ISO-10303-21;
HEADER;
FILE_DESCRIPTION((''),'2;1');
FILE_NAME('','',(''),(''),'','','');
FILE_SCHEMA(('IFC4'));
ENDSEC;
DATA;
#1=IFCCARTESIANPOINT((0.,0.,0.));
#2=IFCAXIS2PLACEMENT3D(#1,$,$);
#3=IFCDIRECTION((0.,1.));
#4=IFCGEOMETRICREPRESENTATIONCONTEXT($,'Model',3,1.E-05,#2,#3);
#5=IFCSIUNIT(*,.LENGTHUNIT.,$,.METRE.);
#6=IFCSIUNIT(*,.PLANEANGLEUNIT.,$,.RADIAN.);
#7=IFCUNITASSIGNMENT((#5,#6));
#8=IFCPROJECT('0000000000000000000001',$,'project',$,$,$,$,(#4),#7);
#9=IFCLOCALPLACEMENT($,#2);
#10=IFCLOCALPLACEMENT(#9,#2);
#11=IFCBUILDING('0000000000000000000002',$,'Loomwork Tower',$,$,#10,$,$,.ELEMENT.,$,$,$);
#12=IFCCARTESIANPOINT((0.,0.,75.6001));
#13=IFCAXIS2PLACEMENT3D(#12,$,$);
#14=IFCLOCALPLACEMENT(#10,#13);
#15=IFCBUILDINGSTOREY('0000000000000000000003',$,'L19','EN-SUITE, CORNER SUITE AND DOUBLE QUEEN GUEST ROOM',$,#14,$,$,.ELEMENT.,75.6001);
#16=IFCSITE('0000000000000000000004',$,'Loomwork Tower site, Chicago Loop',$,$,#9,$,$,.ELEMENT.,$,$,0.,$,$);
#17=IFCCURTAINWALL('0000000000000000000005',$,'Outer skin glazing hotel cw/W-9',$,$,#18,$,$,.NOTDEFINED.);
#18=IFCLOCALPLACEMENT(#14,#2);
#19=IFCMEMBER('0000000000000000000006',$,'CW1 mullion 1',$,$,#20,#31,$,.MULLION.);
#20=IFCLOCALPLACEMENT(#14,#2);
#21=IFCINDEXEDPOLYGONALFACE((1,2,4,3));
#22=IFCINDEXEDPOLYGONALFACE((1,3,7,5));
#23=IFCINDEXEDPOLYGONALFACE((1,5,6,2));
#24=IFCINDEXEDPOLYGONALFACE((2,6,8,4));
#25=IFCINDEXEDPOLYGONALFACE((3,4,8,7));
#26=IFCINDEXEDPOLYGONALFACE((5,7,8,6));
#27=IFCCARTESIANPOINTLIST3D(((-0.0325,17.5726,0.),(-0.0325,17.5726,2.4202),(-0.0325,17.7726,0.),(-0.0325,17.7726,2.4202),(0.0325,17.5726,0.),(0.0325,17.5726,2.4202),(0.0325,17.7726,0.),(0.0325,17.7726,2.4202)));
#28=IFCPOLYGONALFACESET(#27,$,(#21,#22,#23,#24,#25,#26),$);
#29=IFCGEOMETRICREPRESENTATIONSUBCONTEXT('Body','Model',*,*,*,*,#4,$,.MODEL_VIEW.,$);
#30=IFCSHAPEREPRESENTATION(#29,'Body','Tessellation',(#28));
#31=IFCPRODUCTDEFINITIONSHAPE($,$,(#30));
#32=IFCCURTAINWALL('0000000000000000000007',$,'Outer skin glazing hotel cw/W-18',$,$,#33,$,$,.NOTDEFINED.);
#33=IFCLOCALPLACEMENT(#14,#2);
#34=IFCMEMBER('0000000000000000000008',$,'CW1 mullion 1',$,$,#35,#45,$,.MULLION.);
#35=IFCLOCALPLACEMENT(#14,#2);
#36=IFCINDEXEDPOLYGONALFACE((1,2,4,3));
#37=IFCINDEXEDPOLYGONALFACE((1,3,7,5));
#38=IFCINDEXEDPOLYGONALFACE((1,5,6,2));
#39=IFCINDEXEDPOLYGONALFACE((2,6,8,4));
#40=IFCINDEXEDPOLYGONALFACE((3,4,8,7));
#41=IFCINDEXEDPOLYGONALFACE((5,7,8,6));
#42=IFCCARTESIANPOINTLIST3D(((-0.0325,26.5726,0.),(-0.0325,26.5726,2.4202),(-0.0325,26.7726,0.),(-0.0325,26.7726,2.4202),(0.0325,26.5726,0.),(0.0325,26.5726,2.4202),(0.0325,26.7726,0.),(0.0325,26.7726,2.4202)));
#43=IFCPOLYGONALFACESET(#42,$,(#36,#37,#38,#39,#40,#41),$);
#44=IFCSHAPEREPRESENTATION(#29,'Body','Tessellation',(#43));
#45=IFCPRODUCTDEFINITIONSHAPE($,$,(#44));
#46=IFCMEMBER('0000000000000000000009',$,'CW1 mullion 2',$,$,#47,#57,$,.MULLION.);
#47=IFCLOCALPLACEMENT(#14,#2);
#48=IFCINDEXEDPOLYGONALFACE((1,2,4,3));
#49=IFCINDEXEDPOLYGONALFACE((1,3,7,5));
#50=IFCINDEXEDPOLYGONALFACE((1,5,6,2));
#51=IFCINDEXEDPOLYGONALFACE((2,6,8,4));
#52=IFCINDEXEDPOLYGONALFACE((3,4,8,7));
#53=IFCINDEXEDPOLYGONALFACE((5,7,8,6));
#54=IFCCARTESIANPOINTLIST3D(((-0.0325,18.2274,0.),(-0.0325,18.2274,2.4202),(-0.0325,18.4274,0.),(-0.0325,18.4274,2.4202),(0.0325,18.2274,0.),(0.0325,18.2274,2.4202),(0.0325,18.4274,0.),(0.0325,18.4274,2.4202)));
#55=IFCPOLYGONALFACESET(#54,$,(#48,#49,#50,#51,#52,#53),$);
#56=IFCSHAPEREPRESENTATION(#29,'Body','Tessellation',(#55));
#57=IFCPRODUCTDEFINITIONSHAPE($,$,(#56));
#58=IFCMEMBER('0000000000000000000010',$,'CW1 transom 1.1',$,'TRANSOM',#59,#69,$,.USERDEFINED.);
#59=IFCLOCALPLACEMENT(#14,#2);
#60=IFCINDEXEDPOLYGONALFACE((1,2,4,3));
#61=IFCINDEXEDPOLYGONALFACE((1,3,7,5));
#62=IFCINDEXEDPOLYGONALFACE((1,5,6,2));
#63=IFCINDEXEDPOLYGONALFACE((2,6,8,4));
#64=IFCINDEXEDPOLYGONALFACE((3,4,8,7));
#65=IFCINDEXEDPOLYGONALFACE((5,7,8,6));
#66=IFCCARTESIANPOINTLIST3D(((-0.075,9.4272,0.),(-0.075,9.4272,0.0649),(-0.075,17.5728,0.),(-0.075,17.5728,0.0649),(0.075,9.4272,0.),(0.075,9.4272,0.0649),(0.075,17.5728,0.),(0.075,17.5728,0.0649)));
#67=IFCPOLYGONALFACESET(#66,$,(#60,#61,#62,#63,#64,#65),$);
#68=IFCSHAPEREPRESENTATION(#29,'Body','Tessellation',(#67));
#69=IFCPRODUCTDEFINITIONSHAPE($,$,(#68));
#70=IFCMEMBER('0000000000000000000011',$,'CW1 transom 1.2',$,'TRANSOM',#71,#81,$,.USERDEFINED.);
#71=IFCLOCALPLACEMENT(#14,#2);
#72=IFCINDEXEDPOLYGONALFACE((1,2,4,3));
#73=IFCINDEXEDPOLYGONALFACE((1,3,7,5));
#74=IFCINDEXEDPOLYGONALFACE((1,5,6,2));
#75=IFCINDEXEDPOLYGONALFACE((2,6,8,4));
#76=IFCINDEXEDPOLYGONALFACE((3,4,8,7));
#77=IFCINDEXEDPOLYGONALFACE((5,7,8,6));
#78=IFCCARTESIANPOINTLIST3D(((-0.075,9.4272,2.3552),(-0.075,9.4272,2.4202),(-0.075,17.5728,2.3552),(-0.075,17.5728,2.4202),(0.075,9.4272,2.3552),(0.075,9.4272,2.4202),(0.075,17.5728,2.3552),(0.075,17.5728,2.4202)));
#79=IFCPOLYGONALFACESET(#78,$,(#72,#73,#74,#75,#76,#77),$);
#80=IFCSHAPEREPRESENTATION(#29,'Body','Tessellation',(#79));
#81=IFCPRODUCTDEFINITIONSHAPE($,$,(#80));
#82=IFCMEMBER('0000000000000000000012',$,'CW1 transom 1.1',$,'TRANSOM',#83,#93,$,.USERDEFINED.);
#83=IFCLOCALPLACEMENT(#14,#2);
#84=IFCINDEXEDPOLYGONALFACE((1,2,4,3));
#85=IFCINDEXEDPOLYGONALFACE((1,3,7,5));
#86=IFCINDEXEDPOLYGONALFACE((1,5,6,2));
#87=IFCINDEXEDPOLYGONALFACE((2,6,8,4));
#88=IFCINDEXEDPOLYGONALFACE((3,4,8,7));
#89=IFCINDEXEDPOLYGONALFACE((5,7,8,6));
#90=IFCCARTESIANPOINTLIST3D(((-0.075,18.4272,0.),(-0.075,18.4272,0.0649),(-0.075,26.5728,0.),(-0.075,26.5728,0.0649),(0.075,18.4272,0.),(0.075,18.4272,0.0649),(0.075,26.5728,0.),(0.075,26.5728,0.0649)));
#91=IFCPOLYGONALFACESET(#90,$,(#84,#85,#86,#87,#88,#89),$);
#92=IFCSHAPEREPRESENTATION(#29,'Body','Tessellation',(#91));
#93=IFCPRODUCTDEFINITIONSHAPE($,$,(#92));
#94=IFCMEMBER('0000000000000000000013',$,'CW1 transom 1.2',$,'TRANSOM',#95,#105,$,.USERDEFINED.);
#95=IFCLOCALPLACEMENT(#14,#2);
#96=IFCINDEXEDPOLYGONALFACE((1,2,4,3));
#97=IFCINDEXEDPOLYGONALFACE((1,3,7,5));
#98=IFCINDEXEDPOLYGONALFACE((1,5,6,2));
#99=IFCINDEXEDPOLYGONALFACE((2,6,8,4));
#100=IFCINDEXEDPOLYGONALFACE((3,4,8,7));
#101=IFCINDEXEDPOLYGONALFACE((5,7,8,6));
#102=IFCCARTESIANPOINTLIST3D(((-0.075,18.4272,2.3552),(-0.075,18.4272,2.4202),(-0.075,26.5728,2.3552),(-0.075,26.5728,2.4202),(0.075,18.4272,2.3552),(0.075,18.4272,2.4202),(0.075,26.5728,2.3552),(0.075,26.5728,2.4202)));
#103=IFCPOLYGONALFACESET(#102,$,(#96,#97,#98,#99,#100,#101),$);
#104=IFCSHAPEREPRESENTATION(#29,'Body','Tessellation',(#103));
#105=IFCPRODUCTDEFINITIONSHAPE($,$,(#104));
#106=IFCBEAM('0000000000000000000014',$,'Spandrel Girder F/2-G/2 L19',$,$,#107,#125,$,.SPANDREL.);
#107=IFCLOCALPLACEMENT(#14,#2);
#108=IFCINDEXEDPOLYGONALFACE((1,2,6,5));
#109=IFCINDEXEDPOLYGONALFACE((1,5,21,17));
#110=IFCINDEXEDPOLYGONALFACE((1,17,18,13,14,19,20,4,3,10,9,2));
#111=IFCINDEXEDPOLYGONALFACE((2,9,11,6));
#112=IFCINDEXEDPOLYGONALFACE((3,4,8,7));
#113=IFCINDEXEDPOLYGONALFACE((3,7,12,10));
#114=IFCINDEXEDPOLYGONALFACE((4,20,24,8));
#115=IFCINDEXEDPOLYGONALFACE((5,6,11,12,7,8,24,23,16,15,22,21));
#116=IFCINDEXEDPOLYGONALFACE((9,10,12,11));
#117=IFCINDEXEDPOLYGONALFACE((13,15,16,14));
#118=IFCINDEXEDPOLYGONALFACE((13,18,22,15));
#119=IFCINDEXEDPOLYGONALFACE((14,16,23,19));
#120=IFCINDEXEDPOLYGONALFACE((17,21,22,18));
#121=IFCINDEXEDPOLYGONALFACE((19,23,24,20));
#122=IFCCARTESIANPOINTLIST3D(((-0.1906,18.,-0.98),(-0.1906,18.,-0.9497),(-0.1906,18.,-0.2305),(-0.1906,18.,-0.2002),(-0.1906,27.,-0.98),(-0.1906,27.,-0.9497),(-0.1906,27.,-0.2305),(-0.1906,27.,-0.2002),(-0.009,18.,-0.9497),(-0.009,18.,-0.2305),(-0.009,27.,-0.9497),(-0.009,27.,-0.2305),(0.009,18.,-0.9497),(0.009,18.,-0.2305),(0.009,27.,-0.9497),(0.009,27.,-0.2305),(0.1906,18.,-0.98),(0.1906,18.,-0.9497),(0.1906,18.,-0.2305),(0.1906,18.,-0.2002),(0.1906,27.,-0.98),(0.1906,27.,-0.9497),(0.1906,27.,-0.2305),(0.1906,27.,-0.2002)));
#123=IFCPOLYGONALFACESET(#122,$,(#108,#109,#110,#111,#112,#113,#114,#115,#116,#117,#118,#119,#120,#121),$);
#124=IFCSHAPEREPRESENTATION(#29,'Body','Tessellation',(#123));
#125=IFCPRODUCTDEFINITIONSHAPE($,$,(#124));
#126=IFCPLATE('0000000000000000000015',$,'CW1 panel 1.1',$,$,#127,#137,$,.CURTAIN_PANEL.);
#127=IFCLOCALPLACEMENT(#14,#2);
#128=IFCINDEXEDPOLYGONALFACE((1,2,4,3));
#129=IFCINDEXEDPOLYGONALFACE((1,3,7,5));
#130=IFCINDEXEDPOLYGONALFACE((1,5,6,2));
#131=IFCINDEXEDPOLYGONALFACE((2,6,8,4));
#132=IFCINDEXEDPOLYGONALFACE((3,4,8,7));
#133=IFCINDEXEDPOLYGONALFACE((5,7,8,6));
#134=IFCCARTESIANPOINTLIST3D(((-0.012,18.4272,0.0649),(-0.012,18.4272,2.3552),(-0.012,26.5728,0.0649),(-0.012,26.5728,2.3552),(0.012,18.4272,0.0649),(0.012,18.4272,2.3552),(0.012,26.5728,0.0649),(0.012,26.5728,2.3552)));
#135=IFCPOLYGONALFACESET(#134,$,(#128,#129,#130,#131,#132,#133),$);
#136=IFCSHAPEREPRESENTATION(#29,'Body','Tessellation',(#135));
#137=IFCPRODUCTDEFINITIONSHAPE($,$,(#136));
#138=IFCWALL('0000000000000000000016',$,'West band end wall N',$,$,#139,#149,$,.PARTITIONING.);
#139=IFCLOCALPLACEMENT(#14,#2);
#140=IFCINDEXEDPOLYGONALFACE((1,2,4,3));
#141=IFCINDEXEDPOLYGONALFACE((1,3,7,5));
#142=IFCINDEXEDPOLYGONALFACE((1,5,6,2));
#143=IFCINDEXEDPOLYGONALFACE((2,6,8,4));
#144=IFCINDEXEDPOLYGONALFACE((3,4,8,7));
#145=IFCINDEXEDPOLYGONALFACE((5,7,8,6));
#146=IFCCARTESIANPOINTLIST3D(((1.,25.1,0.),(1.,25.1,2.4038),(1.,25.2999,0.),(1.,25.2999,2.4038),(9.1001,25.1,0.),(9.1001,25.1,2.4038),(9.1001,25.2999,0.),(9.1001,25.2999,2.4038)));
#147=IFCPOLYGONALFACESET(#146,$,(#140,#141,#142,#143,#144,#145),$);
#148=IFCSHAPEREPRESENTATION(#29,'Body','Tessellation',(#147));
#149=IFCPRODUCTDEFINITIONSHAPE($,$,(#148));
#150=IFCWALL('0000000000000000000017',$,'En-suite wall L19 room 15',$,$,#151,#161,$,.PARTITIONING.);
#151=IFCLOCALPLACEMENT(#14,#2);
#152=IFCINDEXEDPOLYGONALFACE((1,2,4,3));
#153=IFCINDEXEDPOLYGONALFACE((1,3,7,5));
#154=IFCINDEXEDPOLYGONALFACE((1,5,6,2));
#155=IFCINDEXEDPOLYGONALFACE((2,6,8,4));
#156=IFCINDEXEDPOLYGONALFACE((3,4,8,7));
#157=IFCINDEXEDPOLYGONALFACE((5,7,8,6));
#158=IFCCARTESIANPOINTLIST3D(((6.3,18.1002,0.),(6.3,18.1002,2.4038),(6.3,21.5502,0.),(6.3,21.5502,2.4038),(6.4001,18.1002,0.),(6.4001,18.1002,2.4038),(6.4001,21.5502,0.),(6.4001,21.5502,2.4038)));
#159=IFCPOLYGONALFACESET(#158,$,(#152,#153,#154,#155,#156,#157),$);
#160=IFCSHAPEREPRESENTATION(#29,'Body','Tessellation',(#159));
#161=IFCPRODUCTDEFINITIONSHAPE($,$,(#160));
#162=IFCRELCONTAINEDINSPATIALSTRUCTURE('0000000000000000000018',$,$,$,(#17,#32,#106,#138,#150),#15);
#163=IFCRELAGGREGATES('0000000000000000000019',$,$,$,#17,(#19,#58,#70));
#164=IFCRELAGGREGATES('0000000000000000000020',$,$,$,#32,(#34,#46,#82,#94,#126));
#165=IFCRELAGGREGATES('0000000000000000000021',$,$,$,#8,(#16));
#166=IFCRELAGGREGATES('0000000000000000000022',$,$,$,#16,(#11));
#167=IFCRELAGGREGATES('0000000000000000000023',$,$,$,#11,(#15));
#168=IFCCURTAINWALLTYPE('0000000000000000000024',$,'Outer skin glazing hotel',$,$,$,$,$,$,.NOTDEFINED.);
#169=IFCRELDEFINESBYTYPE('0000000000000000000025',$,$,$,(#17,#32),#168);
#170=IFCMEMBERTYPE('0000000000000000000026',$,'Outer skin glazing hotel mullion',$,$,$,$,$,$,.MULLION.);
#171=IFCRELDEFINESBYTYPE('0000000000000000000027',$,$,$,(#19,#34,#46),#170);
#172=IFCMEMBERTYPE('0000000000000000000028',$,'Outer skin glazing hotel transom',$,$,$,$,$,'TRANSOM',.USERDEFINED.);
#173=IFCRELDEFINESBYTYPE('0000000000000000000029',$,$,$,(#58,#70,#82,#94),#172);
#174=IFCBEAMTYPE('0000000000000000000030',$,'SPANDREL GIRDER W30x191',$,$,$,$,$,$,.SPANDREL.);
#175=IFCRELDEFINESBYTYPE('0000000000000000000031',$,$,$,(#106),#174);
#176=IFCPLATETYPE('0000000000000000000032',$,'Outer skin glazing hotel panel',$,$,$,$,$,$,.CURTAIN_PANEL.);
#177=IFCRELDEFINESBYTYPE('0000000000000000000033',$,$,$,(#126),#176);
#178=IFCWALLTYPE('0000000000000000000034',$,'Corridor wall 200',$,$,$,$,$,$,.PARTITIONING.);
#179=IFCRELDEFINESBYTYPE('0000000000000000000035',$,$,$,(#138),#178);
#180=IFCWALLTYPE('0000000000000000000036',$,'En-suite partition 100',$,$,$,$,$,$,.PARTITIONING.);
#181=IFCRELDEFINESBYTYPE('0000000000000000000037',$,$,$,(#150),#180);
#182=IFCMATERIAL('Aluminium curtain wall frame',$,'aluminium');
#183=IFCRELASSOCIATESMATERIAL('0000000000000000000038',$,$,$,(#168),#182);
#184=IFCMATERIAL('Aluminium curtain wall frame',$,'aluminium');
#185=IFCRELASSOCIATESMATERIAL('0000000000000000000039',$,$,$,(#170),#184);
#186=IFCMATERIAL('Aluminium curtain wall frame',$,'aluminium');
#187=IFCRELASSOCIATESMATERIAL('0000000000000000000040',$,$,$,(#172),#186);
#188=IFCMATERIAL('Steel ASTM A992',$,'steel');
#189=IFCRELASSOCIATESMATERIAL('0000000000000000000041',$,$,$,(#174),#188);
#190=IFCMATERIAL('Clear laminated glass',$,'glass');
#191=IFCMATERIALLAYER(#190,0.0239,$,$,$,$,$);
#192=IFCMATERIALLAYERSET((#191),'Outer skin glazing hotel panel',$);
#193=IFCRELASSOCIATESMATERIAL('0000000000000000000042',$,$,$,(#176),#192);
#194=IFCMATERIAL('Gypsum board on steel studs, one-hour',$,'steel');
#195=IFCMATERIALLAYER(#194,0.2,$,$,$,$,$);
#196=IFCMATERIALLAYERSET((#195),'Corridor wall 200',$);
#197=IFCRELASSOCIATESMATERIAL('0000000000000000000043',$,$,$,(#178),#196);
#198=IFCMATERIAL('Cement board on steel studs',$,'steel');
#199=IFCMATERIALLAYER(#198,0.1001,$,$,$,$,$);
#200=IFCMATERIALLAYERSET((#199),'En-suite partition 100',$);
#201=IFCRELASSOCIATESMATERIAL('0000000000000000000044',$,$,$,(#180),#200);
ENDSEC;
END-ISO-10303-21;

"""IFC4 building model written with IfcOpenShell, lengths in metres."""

from ifc_helpers import new_model, si_unit, direction, frame, frame_2d, origin, origin_2d, place, context, subcontext, project, spatial, rectangle, i_section, extrude, material, layer, layer_set, material_profile, profile_set, type_object, element, aggregate, save


model = new_model("IFC4")

# Units and contexts
model_context = context("Model", 3, precision=1e-05, world=origin(), true_north=direction((0.0, 1.0)))
body_context = subcontext(model_context, "Body", "Model", "MODEL_VIEW")
ifc_project = project(units=[si_unit("LENGTHUNIT", "METRE"), si_unit("PLANEANGLEUNIT", "RADIAN")], contexts=[model_context])

# Site, building, storey
site_placement = place(None, origin())
site = spatial("IfcSite", under=ifc_project, at=site_placement, Name="Loomwork Tower site, Chicago Loop", CompositionType="ELEMENT", RefElevation=0.0)
building_placement = place(site_placement, origin())
building = spatial("IfcBuilding", under=site, at=building_placement, Name="Loomwork Tower", CompositionType="ELEMENT")
storey_placement = place(building_placement, frame((0.0, 0.0, 75.6001)))
storey = spatial("IfcBuildingStorey", under=building, at=storey_placement, Name="L19", Description="EN-SUITE, CORNER SUITE AND DOUBLE QUEEN GUEST ROOM", CompositionType="ELEMENT", Elevation=75.6001)

# Curtain wall, member
ifc_material_1 = material(Name="Aluminium curtain wall frame", Category="aluminium")
curtain_wall_type = type_object("IfcCurtainWallType", Name="Outer skin glazing hotel", PredefinedType="NOTDEFINED", material=ifc_material_1)
curtain_wall_1_placement = place(storey_placement, origin())
curtain_wall_1 = element("IfcCurtainWall", 1, at=curtain_wall_1_placement, inside=storey, type_object=curtain_wall_type, Name="Outer skin glazing hotel cw/W-9", PredefinedType="NOTDEFINED")
ifc_material_2 = material(Name="Aluminium curtain wall frame", Category="aluminium")
ifc_material_profile_1 = material_profile(ifc_material_2, rectangle(XDim=0.0649, YDim=0.2, at=origin_2d()), Name="AL 65x200")
ifc_profile_set_1 = profile_set([ifc_material_profile_1], Name="Aluminium curtain wall frame")
member_type_1 = type_object("IfcMemberType", Name="Outer skin glazing hotel mullion", PredefinedType="MULLION", material=ifc_profile_set_1)
member_1_placement = place(storey_placement, frame((0.0, 17.6726, 0.0), z_axis=(0.0, 0.0, 1.0), x_axis=(1.0, 0.0, 0.0)))
member_1 = element("IfcMember", 2, at=member_1_placement, type_object=member_type_1, Name="CW1 mullion 1", PredefinedType="MULLION", context=body_context, shape_type="SweptSolid", body=[
    extrude(rectangle(XDim=0.0649, YDim=0.2, at=origin_2d()), origin(), (0.0, 0.0, 1.0), 2.4202),
])

# Curtain wall, members
curtain_wall_2_placement = place(storey_placement, origin())
curtain_wall_2 = element("IfcCurtainWall", 3, at=curtain_wall_2_placement, inside=storey, type_object=curtain_wall_type, Name="Outer skin glazing hotel cw/W-18", PredefinedType="NOTDEFINED")
member_2_placement = place(storey_placement, frame((0.0, 26.6726, 0.0), z_axis=(0.0, 0.0, 1.0), x_axis=(1.0, 0.0, 0.0)))
member_2 = element("IfcMember", 4, at=member_2_placement, type_object=member_type_1, Name="CW1 mullion 1", PredefinedType="MULLION", context=body_context, shape_type="SweptSolid", body=[
    extrude(rectangle(XDim=0.0649, YDim=0.2, at=origin_2d()), origin(), (0.0, 0.0, 1.0), 2.4202),
])
member_3_placement = place(storey_placement, frame((0.0, 18.3274, 0.0), z_axis=(0.0, 0.0, 1.0), x_axis=(1.0, 0.0, 0.0)))
member_3 = element("IfcMember", 5, at=member_3_placement, type_object=member_type_1, Name="CW1 mullion 2", PredefinedType="MULLION", context=body_context, shape_type="SweptSolid", body=[
    extrude(rectangle(XDim=0.0649, YDim=0.2, at=origin_2d()), origin(), (0.0, 0.0, 1.0), 2.4202),
])

# Members
ifc_material_3 = material(Name="Aluminium curtain wall frame", Category="aluminium")
ifc_material_profile_2 = material_profile(ifc_material_3, rectangle(XDim=0.1499, YDim=0.0649, at=origin_2d()), Name="AL 65x150")
ifc_profile_set_2 = profile_set([ifc_material_profile_2], Name="Aluminium curtain wall frame")
member_type_2 = type_object("IfcMemberType", Name="Outer skin glazing hotel transom", ElementType="TRANSOM", PredefinedType="USERDEFINED", material=ifc_profile_set_2)
member_4_placement = place(storey_placement, frame((0.0, 17.5728, 0.0325), z_axis=(0.0, -1.0, 0.0), x_axis=(1.0, 0.0, 0.0)))
member_4 = element("IfcMember", 6, at=member_4_placement, type_object=member_type_2, Name="CW1 transom 1.1", ObjectType="TRANSOM", PredefinedType="USERDEFINED", context=body_context, shape_type="SweptSolid", body=[
    extrude(rectangle(XDim=0.1499, YDim=0.0649, at=origin_2d()), origin(), (0.0, 0.0, 1.0), 8.1455),
])
member_5_placement = place(storey_placement, frame((0.0, 17.5728, 2.3877), z_axis=(0.0, -1.0, 0.0), x_axis=(1.0, 0.0, 0.0)))
member_5 = element("IfcMember", 7, at=member_5_placement, type_object=member_type_2, Name="CW1 transom 1.2", ObjectType="TRANSOM", PredefinedType="USERDEFINED", context=body_context, shape_type="SweptSolid", body=[
    extrude(rectangle(XDim=0.1499, YDim=0.0649, at=origin_2d()), origin(), (0.0, 0.0, 1.0), 8.1455),
])
aggregate(curtain_wall_1, [member_1, member_4, member_5])
member_6_placement = place(storey_placement, frame((0.0, 26.5728, 0.0325), z_axis=(0.0, -1.0, 0.0), x_axis=(1.0, 0.0, 0.0)))
member_6 = element("IfcMember", 8, at=member_6_placement, type_object=member_type_2, Name="CW1 transom 1.1", ObjectType="TRANSOM", PredefinedType="USERDEFINED", context=body_context, shape_type="SweptSolid", body=[
    extrude(rectangle(XDim=0.1499, YDim=0.0649, at=origin_2d()), origin(), (0.0, 0.0, 1.0), 8.1455),
])
member_7_placement = place(storey_placement, frame((0.0, 26.5728, 2.3877), z_axis=(0.0, -1.0, 0.0), x_axis=(1.0, 0.0, 0.0)))
member_7 = element("IfcMember", 9, at=member_7_placement, type_object=member_type_2, Name="CW1 transom 1.2", ObjectType="TRANSOM", PredefinedType="USERDEFINED", context=body_context, shape_type="SweptSolid", body=[
    extrude(rectangle(XDim=0.1499, YDim=0.0649, at=origin_2d()), origin(), (0.0, 0.0, 1.0), 8.1455),
])

# Beam
ifc_material_4 = material(Name="Steel ASTM A992", Category="steel")
ifc_material_profile_3 = material_profile(ifc_material_4, i_section(OverallWidth=0.3811, OverallDepth=0.7798, WebThickness=0.0181, FlangeThickness=0.0303, at=origin_2d()), Name="W30x191")
ifc_profile_set_3 = profile_set([ifc_material_profile_3], Name="Steel ASTM A992")
beam_type_1 = type_object("IfcBeamType", Name="SPANDREL GIRDER W30x191", PredefinedType="SPANDREL", material=ifc_profile_set_3)
beam_1_placement = place(storey_placement, frame((0.0, 18.0, -0.5901), z_axis=(0.0, 1.0, 0.0), x_axis=(-1.0, 0.0, 0.0)))
element("IfcBeam", 10, at=beam_1_placement, inside=storey, type_object=beam_type_1, Name="Spandrel Girder F/2-G/2 L19", PredefinedType="SPANDREL", context=body_context, shape_type="SweptSolid", body=[
    extrude(i_section(OverallWidth=0.3811, OverallDepth=0.7798, WebThickness=0.0181, FlangeThickness=0.0303, at=origin_2d()), origin(), (0.0, 0.0, 1.0), 9.0),
])

# Plate
ifc_material_5 = material(Name="Clear laminated glass", Category="glass")
ifc_layer_1 = layer(ifc_material_5, 0.0239)
ifc_layer_set_1 = layer_set([ifc_layer_1], Name="Outer skin glazing hotel panel")
plate_type = type_object("IfcPlateType", Name="Outer skin glazing hotel panel", PredefinedType="CURTAIN_PANEL", material=ifc_layer_set_1)
plate_placement = place(storey_placement, frame((0.0, 22.5, 0.0649), z_axis=(0.0, 0.0, 1.0), x_axis=(0.0, -1.0, 0.0)))
plate = element("IfcPlate", 11, at=plate_placement, type_object=plate_type, Name="CW1 panel 1.1", PredefinedType="CURTAIN_PANEL", context=body_context, shape_type="SweptSolid", body=[
    extrude(rectangle(XDim=8.1455, YDim=0.0239, at=origin_2d()), origin(), (0.0, 0.0, 1.0), 2.2903),
])
aggregate(curtain_wall_2, [member_2, member_3, member_6, member_7, plate])

# Walls
ifc_material_6 = material(Name="Gypsum board on steel studs, one-hour", Category="steel")
ifc_layer_2 = layer(ifc_material_6, 0.2)
ifc_layer_set_2 = layer_set([ifc_layer_2], Name="Corridor wall 200")
wall_type_1 = type_object("IfcWallType", Name="Corridor wall 200", PredefinedType="PARTITIONING", material=ifc_layer_set_2)
wall_1_placement = place(storey_placement, frame((1.0, 25.2, 0.0), z_axis=(0.0, 0.0, 1.0), x_axis=(1.0, 0.0, 0.0)))
element("IfcWall", 12, at=wall_1_placement, inside=storey, type_object=wall_type_1, Name="West band end wall N", PredefinedType="PARTITIONING", context=body_context, shape_type="SweptSolid", body=[
    extrude(rectangle(XDim=8.1001, YDim=0.2, at=frame_2d((4.05, 0.0))), origin(), (0.0, 0.0, 1.0), 2.4038),
])
ifc_material_7 = material(Name="Cement board on steel studs", Category="steel")
ifc_layer_3 = layer(ifc_material_7, 0.1001)
ifc_layer_set_3 = layer_set([ifc_layer_3], Name="En-suite partition 100")
wall_type_2 = type_object("IfcWallType", Name="En-suite partition 100", PredefinedType="PARTITIONING", material=ifc_layer_set_3)
wall_2_placement = place(storey_placement, frame((6.3501, 18.1001, 0.0), z_axis=(0.0, 0.0, 1.0), x_axis=(0.0, 1.0, 0.0)))
element("IfcWall", 13, at=wall_2_placement, inside=storey, type_object=wall_type_2, Name="En-suite wall L19 room 15", PredefinedType="PARTITIONING", context=body_context, shape_type="SweptSolid", body=[
    extrude(rectangle(XDim=3.45, YDim=0.1001, at=frame_2d((1.7251, 0.0))), origin(), (0.0, 0.0, 1.0), 2.4038),
])

save(model, "model.ifc")
